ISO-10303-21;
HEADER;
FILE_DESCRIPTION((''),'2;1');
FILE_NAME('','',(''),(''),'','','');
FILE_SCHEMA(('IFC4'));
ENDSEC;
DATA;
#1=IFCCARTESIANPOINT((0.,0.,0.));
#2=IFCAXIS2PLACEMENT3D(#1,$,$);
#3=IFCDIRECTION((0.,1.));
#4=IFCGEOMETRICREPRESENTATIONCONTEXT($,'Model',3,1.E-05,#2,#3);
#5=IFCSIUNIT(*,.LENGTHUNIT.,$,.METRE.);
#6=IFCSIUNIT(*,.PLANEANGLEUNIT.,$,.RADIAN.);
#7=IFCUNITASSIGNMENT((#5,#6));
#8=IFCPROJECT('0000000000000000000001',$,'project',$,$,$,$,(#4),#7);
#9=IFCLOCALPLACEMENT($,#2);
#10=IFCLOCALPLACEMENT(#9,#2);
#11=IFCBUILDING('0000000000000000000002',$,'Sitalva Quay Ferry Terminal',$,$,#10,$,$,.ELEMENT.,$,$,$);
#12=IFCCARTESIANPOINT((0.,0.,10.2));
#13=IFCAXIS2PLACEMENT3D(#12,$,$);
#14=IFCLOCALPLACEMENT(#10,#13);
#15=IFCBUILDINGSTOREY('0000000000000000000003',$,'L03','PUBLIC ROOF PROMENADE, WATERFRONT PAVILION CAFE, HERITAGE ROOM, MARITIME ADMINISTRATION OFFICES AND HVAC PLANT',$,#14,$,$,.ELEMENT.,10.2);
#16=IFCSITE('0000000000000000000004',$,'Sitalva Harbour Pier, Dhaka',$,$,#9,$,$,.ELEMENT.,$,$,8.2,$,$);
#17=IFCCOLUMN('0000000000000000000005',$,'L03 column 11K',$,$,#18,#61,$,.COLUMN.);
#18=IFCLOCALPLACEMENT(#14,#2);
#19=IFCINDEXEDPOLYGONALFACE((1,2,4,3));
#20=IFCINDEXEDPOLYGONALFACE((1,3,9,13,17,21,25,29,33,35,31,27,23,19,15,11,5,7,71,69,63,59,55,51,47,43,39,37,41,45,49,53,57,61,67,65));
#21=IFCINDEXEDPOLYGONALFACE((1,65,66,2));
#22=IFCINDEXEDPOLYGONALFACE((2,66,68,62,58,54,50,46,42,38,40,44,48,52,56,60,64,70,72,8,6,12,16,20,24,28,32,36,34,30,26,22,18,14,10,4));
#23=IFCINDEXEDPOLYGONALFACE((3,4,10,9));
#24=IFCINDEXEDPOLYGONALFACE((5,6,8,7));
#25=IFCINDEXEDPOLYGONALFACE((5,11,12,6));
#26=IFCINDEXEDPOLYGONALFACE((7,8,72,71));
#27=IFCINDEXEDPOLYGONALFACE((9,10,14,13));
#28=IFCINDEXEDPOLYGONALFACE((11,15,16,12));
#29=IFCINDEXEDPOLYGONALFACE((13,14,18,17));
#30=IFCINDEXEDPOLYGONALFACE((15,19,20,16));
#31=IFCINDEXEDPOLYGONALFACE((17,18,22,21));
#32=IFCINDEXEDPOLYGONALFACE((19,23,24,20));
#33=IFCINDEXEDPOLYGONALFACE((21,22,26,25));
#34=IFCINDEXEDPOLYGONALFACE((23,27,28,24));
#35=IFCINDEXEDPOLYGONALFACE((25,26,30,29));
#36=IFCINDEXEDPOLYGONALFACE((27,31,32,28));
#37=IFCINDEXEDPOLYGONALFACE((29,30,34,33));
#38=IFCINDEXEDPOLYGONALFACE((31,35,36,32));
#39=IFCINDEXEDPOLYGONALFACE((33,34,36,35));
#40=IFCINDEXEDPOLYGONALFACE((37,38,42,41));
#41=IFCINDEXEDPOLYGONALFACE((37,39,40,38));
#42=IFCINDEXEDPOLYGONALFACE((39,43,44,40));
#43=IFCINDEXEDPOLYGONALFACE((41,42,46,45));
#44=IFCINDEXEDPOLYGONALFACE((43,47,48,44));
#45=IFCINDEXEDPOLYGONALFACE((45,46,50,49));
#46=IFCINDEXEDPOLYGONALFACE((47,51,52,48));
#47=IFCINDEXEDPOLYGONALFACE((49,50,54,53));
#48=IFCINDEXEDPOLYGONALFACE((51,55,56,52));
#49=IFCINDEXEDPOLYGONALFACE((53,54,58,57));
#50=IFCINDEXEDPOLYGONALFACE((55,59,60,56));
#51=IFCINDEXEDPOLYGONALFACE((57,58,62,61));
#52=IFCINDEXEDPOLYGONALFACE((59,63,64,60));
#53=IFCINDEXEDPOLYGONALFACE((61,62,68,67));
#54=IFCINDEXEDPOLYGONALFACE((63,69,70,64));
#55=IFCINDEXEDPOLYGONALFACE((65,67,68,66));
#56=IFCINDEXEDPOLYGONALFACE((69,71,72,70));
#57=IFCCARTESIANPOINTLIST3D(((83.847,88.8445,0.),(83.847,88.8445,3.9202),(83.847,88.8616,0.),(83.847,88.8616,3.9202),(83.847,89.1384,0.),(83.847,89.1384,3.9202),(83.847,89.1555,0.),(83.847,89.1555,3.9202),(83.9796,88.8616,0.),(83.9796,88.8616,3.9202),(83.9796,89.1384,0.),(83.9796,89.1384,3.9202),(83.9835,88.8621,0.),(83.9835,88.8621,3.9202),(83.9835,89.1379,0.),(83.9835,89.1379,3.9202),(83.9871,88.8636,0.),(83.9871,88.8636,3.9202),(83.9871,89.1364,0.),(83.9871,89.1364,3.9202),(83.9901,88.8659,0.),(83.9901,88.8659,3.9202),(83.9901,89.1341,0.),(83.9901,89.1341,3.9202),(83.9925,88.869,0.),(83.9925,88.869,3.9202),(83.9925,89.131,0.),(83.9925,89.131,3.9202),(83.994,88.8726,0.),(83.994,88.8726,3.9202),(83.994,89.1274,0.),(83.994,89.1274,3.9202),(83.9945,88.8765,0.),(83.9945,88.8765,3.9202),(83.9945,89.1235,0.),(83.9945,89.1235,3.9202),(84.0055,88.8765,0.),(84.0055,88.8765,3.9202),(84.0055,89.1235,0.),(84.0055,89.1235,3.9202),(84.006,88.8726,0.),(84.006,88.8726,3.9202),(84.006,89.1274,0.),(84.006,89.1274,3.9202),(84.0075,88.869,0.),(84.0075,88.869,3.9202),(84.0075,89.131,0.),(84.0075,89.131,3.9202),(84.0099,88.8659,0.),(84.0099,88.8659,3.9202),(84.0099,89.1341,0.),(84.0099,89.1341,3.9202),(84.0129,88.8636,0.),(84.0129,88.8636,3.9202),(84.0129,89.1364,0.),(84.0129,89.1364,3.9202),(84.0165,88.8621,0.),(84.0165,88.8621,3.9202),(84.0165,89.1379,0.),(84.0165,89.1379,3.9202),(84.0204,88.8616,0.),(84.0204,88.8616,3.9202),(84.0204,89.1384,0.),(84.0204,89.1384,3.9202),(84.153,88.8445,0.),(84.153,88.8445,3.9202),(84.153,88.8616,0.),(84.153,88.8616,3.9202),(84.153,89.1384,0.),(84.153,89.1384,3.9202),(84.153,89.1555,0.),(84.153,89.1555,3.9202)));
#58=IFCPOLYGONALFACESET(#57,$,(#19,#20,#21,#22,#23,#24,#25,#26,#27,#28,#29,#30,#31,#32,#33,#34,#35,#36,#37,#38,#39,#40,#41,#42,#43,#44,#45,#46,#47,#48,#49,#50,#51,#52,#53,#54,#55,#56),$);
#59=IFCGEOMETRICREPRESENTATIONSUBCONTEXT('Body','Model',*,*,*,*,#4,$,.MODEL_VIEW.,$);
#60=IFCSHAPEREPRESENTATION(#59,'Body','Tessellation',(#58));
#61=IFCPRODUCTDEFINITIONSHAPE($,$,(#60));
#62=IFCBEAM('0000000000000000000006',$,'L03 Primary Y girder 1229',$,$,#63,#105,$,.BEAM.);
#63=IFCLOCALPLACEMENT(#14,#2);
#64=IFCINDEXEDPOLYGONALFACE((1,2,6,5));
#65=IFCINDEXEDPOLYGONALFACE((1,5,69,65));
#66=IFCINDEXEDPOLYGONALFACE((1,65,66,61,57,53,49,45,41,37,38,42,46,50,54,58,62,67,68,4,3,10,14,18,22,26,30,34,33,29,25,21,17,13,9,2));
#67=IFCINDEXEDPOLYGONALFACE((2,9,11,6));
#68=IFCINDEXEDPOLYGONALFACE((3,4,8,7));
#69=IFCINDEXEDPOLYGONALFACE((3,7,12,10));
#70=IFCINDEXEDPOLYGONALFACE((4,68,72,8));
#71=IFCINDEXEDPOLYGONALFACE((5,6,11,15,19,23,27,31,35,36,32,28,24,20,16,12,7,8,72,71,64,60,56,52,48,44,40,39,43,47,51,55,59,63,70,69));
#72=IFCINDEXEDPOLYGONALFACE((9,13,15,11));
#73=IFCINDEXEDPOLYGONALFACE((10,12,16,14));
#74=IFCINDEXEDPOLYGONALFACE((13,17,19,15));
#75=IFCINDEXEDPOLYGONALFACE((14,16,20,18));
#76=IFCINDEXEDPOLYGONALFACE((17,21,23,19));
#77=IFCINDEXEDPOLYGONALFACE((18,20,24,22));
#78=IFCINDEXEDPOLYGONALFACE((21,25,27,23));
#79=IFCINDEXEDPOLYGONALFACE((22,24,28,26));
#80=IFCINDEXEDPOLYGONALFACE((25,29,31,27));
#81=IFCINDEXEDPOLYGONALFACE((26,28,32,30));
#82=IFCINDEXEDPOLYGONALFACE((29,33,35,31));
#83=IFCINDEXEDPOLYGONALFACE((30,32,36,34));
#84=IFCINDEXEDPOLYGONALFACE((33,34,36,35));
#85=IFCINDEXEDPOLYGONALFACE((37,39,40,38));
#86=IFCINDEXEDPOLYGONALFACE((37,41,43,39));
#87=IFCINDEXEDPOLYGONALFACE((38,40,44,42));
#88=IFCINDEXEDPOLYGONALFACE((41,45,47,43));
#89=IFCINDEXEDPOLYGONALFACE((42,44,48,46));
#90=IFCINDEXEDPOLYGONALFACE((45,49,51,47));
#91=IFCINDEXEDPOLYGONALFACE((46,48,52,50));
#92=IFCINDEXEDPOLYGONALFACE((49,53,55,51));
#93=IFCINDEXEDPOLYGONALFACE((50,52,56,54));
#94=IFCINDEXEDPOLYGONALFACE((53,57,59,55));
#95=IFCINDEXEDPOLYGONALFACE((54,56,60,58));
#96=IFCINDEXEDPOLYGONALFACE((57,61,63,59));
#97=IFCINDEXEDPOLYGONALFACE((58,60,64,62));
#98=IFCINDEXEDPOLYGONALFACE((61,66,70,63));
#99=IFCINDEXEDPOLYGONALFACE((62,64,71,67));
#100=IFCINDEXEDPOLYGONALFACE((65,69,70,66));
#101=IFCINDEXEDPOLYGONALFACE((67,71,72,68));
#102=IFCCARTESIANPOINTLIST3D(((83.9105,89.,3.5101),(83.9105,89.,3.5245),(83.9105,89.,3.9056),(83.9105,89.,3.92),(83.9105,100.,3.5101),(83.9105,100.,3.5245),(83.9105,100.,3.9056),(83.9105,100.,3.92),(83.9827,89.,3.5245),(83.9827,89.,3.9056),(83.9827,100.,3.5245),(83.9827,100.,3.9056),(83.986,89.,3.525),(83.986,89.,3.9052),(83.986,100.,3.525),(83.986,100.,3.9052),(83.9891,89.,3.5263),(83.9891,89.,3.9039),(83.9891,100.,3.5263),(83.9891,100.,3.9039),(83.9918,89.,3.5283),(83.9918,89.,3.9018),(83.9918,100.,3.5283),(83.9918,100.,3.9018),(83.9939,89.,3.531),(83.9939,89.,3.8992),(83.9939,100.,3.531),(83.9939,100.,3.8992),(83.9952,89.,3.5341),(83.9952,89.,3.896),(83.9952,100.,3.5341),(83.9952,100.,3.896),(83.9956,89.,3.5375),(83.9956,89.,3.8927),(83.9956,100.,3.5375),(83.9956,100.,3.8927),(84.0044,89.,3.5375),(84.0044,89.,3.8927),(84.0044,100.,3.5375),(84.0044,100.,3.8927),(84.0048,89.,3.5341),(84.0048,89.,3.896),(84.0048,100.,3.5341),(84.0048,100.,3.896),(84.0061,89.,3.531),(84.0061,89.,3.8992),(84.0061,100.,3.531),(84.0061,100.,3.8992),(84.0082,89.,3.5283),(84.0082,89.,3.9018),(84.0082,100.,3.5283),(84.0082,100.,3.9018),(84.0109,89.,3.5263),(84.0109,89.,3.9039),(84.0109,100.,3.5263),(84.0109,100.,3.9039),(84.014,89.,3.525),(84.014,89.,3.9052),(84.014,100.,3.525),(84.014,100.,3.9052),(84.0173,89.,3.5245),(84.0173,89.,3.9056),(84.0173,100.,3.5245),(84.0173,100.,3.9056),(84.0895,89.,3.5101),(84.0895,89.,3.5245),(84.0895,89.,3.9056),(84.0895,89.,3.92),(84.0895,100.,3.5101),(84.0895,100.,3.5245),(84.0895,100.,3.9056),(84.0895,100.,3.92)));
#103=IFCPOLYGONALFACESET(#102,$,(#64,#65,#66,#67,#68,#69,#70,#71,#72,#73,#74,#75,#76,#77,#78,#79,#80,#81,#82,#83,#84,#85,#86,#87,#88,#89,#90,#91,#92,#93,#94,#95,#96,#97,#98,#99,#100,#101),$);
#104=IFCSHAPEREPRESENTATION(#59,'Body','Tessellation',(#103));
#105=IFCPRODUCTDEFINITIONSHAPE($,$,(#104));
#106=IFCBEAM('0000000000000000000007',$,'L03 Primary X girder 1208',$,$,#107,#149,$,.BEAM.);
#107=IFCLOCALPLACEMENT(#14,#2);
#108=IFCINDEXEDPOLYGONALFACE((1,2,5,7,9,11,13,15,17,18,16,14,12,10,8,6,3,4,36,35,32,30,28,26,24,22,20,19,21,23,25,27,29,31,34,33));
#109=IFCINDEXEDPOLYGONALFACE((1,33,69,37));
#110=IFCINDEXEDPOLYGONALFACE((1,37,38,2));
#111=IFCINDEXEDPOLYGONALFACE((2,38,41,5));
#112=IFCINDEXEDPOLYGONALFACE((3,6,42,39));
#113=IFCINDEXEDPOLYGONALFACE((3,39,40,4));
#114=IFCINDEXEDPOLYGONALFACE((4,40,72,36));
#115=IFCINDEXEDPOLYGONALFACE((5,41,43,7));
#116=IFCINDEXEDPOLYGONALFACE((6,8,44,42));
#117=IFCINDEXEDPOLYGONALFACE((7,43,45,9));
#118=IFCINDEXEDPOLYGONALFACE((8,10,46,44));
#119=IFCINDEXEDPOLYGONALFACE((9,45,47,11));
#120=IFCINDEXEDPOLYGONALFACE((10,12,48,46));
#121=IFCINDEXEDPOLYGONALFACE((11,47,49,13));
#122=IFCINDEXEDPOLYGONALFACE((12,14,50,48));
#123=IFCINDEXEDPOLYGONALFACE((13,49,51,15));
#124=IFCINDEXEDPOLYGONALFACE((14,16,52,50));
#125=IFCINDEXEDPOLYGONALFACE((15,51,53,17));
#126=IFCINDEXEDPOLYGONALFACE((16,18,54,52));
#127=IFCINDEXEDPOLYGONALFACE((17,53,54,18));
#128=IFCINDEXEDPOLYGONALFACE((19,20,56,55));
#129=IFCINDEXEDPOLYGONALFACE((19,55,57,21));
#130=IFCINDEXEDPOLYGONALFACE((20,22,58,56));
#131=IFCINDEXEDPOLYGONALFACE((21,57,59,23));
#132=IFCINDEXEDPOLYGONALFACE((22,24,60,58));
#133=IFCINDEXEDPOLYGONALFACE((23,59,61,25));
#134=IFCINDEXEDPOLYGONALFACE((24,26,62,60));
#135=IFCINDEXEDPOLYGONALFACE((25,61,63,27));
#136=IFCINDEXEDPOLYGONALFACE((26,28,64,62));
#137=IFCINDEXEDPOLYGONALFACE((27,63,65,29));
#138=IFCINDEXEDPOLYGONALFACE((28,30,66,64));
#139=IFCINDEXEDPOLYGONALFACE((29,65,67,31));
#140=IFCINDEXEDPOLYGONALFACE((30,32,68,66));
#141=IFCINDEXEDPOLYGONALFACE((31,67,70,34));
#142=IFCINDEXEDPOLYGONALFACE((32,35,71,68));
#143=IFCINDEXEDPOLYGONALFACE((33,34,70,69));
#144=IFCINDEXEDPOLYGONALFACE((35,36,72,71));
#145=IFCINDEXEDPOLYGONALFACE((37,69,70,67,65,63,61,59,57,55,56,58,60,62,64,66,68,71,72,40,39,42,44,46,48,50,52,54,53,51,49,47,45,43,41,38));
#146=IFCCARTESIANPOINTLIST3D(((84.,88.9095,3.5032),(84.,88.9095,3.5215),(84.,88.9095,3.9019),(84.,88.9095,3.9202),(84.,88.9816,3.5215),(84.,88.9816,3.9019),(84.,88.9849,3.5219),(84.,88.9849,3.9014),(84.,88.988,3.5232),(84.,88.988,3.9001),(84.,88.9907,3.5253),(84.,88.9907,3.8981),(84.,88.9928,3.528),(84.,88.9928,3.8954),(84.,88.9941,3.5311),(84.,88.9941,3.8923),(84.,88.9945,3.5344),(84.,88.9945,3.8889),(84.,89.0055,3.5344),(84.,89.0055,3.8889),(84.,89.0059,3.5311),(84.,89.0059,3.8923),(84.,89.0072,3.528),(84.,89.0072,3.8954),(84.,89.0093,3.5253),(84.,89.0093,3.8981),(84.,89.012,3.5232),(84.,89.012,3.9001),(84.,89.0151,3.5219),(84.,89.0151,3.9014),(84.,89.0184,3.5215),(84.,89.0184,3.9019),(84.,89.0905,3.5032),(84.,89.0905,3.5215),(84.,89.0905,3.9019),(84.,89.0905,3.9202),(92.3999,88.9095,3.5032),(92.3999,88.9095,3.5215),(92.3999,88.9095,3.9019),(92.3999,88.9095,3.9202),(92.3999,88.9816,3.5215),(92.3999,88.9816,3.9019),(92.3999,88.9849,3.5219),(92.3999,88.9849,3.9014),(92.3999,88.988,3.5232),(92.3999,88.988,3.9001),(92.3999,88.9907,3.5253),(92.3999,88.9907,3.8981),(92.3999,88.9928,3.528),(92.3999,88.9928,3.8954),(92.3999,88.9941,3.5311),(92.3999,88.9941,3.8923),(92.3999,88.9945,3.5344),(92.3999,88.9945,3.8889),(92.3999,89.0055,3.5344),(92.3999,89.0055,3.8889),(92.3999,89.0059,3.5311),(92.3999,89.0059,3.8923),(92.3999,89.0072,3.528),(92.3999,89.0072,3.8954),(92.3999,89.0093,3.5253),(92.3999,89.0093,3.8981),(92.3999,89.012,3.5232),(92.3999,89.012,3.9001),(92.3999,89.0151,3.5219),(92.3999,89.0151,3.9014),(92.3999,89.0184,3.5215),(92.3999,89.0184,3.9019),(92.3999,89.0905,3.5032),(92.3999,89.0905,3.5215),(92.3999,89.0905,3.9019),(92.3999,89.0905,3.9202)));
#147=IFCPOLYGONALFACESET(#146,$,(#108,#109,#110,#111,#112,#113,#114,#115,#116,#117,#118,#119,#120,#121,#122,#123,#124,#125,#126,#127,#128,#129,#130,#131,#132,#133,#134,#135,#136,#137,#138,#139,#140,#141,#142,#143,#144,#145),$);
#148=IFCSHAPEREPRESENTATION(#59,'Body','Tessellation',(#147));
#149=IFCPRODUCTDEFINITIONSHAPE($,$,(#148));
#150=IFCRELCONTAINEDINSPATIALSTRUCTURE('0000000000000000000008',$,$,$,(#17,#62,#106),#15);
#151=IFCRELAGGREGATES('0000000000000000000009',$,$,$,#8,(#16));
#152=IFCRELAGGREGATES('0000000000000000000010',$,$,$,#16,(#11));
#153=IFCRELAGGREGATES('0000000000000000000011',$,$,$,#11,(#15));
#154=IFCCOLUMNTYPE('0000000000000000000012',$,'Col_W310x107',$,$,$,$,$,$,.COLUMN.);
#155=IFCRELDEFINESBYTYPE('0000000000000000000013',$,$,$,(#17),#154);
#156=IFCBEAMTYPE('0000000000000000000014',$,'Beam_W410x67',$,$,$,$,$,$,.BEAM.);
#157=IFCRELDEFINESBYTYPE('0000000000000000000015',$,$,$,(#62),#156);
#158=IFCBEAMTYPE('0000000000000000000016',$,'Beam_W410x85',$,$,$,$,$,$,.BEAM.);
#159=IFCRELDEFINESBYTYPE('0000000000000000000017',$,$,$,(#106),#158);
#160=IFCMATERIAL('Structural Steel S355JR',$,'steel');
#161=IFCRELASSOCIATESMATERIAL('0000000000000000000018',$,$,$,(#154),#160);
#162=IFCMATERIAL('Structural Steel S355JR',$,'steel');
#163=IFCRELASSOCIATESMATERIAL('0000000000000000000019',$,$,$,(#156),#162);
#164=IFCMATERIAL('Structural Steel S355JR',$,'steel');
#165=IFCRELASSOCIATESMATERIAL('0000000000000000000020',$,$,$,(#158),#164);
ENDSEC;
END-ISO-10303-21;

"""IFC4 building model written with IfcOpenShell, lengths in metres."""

from ifc_helpers import new_model, si_unit, direction, frame, origin, origin_2d, place, context, subcontext, project, spatial, i_section, extrude, material, material_profile, profile_set, type_object, element, save


model = new_model("IFC4")

# Units and contexts
model_context = context("Model", 3, precision=1e-05, world=origin(), true_north=direction((0.0, 1.0)))
body_context = subcontext(model_context, "Body", "Model", "MODEL_VIEW")
ifc_project = project(units=[si_unit("LENGTHUNIT", "METRE"), si_unit("PLANEANGLEUNIT", "RADIAN")], contexts=[model_context])

# Site, building, storey
site_placement = place(None, origin())
site = spatial("IfcSite", under=ifc_project, at=site_placement, Name="Sitalva Harbour Pier, Dhaka", CompositionType="ELEMENT", RefElevation=8.2)
building_placement = place(site_placement, origin())
building = spatial("IfcBuilding", under=site, at=building_placement, Name="Sitalva Quay Ferry Terminal", CompositionType="ELEMENT")
storey_placement = place(building_placement, frame((0.0, 0.0, 10.2)))
storey = spatial("IfcBuildingStorey", under=building, at=storey_placement, Name="L03", Description="PUBLIC ROOF PROMENADE, WATERFRONT PAVILION CAFE, HERITAGE ROOM, MARITIME ADMINISTRATION OFFICES AND HVAC PLANT", CompositionType="ELEMENT", Elevation=10.2)

# Column
ifc_material_1 = material(Name="Structural Steel S355JR", Category="steel")
ifc_material_profile_1 = material_profile(ifc_material_1, i_section(OverallWidth=0.3059, OverallDepth=0.311, WebThickness=0.011, FlangeThickness=0.0171, FilletRadius=0.0149, at=origin_2d()), Name="W310x107")
ifc_profile_set_1 = profile_set([ifc_material_profile_1], Name="Structural Steel S355JR")
column_type = type_object("IfcColumnType", Name="Col_W310x107", PredefinedType="COLUMN", material=ifc_profile_set_1)
column_placement = place(storey_placement, frame((84.0, 89.0, 0.0), z_axis=(0.0, 0.0, 1.0), x_axis=(1.0, 0.0, 0.0)))
element("IfcColumn", 1, at=column_placement, inside=storey, type_object=column_type, Name="L03 column 11K", PredefinedType="COLUMN", context=body_context, shape_type="SweptSolid", body=[
    extrude(i_section(OverallWidth=0.3059, OverallDepth=0.311, WebThickness=0.011, FlangeThickness=0.0171, FilletRadius=0.0149, at=origin_2d()), origin(), (0.0, 0.0, 1.0), 3.9202),
])

# Beams
ifc_material_2 = material(Name="Structural Steel S355JR", Category="steel")
ifc_material_profile_2 = material_profile(ifc_material_2, i_section(OverallWidth=0.179, OverallDepth=0.4099, WebThickness=0.0088, FlangeThickness=0.0144, FilletRadius=0.0129, at=origin_2d()), Name="W410x67")
ifc_profile_set_2 = profile_set([ifc_material_profile_2], Name="Structural Steel S355JR")
beam_type_1 = type_object("IfcBeamType", Name="Beam_W410x67", PredefinedType="BEAM", material=ifc_profile_set_2)
beam_1_placement = place(storey_placement, frame((84.0, 89.0, 3.7151), z_axis=(0.0, 1.0, 0.0), x_axis=(-1.0, 0.0, 0.0)))
element("IfcBeam", 2, at=beam_1_placement, inside=storey, type_object=beam_type_1, Name="L03 Primary Y girder 1229", PredefinedType="BEAM", context=body_context, shape_type="SweptSolid", body=[
    extrude(i_section(OverallWidth=0.179, OverallDepth=0.4099, WebThickness=0.0088, FlangeThickness=0.0144, FilletRadius=0.0129, at=origin_2d()), origin(), (0.0, 0.0, 1.0), 11.0),
])
ifc_material_3 = material(Name="Structural Steel S355JR", Category="steel")
ifc_material_profile_3 = material_profile(ifc_material_3, i_section(OverallWidth=0.1809, OverallDepth=0.417, WebThickness=0.011, FlangeThickness=0.0183, FilletRadius=0.0129, at=origin_2d()), Name="W410x85")
ifc_profile_set_3 = profile_set([ifc_material_profile_3], Name="Structural Steel S355JR")
beam_type_2 = type_object("IfcBeamType", Name="Beam_W410x85", PredefinedType="BEAM", material=ifc_profile_set_3)
beam_2_placement = place(storey_placement, frame((84.0, 89.0, 3.7117), z_axis=(1.0, 0.0, 0.0), x_axis=(0.0, 1.0, 0.0)))
element("IfcBeam", 3, at=beam_2_placement, inside=storey, type_object=beam_type_2, Name="L03 Primary X girder 1208", PredefinedType="BEAM", context=body_context, shape_type="SweptSolid", body=[
    extrude(i_section(OverallWidth=0.1809, OverallDepth=0.417, WebThickness=0.011, FlangeThickness=0.0183, FilletRadius=0.0129, at=origin_2d()), origin(), (0.0, 0.0, 1.0), 8.3999),
])

save(model, "model.ifc")
